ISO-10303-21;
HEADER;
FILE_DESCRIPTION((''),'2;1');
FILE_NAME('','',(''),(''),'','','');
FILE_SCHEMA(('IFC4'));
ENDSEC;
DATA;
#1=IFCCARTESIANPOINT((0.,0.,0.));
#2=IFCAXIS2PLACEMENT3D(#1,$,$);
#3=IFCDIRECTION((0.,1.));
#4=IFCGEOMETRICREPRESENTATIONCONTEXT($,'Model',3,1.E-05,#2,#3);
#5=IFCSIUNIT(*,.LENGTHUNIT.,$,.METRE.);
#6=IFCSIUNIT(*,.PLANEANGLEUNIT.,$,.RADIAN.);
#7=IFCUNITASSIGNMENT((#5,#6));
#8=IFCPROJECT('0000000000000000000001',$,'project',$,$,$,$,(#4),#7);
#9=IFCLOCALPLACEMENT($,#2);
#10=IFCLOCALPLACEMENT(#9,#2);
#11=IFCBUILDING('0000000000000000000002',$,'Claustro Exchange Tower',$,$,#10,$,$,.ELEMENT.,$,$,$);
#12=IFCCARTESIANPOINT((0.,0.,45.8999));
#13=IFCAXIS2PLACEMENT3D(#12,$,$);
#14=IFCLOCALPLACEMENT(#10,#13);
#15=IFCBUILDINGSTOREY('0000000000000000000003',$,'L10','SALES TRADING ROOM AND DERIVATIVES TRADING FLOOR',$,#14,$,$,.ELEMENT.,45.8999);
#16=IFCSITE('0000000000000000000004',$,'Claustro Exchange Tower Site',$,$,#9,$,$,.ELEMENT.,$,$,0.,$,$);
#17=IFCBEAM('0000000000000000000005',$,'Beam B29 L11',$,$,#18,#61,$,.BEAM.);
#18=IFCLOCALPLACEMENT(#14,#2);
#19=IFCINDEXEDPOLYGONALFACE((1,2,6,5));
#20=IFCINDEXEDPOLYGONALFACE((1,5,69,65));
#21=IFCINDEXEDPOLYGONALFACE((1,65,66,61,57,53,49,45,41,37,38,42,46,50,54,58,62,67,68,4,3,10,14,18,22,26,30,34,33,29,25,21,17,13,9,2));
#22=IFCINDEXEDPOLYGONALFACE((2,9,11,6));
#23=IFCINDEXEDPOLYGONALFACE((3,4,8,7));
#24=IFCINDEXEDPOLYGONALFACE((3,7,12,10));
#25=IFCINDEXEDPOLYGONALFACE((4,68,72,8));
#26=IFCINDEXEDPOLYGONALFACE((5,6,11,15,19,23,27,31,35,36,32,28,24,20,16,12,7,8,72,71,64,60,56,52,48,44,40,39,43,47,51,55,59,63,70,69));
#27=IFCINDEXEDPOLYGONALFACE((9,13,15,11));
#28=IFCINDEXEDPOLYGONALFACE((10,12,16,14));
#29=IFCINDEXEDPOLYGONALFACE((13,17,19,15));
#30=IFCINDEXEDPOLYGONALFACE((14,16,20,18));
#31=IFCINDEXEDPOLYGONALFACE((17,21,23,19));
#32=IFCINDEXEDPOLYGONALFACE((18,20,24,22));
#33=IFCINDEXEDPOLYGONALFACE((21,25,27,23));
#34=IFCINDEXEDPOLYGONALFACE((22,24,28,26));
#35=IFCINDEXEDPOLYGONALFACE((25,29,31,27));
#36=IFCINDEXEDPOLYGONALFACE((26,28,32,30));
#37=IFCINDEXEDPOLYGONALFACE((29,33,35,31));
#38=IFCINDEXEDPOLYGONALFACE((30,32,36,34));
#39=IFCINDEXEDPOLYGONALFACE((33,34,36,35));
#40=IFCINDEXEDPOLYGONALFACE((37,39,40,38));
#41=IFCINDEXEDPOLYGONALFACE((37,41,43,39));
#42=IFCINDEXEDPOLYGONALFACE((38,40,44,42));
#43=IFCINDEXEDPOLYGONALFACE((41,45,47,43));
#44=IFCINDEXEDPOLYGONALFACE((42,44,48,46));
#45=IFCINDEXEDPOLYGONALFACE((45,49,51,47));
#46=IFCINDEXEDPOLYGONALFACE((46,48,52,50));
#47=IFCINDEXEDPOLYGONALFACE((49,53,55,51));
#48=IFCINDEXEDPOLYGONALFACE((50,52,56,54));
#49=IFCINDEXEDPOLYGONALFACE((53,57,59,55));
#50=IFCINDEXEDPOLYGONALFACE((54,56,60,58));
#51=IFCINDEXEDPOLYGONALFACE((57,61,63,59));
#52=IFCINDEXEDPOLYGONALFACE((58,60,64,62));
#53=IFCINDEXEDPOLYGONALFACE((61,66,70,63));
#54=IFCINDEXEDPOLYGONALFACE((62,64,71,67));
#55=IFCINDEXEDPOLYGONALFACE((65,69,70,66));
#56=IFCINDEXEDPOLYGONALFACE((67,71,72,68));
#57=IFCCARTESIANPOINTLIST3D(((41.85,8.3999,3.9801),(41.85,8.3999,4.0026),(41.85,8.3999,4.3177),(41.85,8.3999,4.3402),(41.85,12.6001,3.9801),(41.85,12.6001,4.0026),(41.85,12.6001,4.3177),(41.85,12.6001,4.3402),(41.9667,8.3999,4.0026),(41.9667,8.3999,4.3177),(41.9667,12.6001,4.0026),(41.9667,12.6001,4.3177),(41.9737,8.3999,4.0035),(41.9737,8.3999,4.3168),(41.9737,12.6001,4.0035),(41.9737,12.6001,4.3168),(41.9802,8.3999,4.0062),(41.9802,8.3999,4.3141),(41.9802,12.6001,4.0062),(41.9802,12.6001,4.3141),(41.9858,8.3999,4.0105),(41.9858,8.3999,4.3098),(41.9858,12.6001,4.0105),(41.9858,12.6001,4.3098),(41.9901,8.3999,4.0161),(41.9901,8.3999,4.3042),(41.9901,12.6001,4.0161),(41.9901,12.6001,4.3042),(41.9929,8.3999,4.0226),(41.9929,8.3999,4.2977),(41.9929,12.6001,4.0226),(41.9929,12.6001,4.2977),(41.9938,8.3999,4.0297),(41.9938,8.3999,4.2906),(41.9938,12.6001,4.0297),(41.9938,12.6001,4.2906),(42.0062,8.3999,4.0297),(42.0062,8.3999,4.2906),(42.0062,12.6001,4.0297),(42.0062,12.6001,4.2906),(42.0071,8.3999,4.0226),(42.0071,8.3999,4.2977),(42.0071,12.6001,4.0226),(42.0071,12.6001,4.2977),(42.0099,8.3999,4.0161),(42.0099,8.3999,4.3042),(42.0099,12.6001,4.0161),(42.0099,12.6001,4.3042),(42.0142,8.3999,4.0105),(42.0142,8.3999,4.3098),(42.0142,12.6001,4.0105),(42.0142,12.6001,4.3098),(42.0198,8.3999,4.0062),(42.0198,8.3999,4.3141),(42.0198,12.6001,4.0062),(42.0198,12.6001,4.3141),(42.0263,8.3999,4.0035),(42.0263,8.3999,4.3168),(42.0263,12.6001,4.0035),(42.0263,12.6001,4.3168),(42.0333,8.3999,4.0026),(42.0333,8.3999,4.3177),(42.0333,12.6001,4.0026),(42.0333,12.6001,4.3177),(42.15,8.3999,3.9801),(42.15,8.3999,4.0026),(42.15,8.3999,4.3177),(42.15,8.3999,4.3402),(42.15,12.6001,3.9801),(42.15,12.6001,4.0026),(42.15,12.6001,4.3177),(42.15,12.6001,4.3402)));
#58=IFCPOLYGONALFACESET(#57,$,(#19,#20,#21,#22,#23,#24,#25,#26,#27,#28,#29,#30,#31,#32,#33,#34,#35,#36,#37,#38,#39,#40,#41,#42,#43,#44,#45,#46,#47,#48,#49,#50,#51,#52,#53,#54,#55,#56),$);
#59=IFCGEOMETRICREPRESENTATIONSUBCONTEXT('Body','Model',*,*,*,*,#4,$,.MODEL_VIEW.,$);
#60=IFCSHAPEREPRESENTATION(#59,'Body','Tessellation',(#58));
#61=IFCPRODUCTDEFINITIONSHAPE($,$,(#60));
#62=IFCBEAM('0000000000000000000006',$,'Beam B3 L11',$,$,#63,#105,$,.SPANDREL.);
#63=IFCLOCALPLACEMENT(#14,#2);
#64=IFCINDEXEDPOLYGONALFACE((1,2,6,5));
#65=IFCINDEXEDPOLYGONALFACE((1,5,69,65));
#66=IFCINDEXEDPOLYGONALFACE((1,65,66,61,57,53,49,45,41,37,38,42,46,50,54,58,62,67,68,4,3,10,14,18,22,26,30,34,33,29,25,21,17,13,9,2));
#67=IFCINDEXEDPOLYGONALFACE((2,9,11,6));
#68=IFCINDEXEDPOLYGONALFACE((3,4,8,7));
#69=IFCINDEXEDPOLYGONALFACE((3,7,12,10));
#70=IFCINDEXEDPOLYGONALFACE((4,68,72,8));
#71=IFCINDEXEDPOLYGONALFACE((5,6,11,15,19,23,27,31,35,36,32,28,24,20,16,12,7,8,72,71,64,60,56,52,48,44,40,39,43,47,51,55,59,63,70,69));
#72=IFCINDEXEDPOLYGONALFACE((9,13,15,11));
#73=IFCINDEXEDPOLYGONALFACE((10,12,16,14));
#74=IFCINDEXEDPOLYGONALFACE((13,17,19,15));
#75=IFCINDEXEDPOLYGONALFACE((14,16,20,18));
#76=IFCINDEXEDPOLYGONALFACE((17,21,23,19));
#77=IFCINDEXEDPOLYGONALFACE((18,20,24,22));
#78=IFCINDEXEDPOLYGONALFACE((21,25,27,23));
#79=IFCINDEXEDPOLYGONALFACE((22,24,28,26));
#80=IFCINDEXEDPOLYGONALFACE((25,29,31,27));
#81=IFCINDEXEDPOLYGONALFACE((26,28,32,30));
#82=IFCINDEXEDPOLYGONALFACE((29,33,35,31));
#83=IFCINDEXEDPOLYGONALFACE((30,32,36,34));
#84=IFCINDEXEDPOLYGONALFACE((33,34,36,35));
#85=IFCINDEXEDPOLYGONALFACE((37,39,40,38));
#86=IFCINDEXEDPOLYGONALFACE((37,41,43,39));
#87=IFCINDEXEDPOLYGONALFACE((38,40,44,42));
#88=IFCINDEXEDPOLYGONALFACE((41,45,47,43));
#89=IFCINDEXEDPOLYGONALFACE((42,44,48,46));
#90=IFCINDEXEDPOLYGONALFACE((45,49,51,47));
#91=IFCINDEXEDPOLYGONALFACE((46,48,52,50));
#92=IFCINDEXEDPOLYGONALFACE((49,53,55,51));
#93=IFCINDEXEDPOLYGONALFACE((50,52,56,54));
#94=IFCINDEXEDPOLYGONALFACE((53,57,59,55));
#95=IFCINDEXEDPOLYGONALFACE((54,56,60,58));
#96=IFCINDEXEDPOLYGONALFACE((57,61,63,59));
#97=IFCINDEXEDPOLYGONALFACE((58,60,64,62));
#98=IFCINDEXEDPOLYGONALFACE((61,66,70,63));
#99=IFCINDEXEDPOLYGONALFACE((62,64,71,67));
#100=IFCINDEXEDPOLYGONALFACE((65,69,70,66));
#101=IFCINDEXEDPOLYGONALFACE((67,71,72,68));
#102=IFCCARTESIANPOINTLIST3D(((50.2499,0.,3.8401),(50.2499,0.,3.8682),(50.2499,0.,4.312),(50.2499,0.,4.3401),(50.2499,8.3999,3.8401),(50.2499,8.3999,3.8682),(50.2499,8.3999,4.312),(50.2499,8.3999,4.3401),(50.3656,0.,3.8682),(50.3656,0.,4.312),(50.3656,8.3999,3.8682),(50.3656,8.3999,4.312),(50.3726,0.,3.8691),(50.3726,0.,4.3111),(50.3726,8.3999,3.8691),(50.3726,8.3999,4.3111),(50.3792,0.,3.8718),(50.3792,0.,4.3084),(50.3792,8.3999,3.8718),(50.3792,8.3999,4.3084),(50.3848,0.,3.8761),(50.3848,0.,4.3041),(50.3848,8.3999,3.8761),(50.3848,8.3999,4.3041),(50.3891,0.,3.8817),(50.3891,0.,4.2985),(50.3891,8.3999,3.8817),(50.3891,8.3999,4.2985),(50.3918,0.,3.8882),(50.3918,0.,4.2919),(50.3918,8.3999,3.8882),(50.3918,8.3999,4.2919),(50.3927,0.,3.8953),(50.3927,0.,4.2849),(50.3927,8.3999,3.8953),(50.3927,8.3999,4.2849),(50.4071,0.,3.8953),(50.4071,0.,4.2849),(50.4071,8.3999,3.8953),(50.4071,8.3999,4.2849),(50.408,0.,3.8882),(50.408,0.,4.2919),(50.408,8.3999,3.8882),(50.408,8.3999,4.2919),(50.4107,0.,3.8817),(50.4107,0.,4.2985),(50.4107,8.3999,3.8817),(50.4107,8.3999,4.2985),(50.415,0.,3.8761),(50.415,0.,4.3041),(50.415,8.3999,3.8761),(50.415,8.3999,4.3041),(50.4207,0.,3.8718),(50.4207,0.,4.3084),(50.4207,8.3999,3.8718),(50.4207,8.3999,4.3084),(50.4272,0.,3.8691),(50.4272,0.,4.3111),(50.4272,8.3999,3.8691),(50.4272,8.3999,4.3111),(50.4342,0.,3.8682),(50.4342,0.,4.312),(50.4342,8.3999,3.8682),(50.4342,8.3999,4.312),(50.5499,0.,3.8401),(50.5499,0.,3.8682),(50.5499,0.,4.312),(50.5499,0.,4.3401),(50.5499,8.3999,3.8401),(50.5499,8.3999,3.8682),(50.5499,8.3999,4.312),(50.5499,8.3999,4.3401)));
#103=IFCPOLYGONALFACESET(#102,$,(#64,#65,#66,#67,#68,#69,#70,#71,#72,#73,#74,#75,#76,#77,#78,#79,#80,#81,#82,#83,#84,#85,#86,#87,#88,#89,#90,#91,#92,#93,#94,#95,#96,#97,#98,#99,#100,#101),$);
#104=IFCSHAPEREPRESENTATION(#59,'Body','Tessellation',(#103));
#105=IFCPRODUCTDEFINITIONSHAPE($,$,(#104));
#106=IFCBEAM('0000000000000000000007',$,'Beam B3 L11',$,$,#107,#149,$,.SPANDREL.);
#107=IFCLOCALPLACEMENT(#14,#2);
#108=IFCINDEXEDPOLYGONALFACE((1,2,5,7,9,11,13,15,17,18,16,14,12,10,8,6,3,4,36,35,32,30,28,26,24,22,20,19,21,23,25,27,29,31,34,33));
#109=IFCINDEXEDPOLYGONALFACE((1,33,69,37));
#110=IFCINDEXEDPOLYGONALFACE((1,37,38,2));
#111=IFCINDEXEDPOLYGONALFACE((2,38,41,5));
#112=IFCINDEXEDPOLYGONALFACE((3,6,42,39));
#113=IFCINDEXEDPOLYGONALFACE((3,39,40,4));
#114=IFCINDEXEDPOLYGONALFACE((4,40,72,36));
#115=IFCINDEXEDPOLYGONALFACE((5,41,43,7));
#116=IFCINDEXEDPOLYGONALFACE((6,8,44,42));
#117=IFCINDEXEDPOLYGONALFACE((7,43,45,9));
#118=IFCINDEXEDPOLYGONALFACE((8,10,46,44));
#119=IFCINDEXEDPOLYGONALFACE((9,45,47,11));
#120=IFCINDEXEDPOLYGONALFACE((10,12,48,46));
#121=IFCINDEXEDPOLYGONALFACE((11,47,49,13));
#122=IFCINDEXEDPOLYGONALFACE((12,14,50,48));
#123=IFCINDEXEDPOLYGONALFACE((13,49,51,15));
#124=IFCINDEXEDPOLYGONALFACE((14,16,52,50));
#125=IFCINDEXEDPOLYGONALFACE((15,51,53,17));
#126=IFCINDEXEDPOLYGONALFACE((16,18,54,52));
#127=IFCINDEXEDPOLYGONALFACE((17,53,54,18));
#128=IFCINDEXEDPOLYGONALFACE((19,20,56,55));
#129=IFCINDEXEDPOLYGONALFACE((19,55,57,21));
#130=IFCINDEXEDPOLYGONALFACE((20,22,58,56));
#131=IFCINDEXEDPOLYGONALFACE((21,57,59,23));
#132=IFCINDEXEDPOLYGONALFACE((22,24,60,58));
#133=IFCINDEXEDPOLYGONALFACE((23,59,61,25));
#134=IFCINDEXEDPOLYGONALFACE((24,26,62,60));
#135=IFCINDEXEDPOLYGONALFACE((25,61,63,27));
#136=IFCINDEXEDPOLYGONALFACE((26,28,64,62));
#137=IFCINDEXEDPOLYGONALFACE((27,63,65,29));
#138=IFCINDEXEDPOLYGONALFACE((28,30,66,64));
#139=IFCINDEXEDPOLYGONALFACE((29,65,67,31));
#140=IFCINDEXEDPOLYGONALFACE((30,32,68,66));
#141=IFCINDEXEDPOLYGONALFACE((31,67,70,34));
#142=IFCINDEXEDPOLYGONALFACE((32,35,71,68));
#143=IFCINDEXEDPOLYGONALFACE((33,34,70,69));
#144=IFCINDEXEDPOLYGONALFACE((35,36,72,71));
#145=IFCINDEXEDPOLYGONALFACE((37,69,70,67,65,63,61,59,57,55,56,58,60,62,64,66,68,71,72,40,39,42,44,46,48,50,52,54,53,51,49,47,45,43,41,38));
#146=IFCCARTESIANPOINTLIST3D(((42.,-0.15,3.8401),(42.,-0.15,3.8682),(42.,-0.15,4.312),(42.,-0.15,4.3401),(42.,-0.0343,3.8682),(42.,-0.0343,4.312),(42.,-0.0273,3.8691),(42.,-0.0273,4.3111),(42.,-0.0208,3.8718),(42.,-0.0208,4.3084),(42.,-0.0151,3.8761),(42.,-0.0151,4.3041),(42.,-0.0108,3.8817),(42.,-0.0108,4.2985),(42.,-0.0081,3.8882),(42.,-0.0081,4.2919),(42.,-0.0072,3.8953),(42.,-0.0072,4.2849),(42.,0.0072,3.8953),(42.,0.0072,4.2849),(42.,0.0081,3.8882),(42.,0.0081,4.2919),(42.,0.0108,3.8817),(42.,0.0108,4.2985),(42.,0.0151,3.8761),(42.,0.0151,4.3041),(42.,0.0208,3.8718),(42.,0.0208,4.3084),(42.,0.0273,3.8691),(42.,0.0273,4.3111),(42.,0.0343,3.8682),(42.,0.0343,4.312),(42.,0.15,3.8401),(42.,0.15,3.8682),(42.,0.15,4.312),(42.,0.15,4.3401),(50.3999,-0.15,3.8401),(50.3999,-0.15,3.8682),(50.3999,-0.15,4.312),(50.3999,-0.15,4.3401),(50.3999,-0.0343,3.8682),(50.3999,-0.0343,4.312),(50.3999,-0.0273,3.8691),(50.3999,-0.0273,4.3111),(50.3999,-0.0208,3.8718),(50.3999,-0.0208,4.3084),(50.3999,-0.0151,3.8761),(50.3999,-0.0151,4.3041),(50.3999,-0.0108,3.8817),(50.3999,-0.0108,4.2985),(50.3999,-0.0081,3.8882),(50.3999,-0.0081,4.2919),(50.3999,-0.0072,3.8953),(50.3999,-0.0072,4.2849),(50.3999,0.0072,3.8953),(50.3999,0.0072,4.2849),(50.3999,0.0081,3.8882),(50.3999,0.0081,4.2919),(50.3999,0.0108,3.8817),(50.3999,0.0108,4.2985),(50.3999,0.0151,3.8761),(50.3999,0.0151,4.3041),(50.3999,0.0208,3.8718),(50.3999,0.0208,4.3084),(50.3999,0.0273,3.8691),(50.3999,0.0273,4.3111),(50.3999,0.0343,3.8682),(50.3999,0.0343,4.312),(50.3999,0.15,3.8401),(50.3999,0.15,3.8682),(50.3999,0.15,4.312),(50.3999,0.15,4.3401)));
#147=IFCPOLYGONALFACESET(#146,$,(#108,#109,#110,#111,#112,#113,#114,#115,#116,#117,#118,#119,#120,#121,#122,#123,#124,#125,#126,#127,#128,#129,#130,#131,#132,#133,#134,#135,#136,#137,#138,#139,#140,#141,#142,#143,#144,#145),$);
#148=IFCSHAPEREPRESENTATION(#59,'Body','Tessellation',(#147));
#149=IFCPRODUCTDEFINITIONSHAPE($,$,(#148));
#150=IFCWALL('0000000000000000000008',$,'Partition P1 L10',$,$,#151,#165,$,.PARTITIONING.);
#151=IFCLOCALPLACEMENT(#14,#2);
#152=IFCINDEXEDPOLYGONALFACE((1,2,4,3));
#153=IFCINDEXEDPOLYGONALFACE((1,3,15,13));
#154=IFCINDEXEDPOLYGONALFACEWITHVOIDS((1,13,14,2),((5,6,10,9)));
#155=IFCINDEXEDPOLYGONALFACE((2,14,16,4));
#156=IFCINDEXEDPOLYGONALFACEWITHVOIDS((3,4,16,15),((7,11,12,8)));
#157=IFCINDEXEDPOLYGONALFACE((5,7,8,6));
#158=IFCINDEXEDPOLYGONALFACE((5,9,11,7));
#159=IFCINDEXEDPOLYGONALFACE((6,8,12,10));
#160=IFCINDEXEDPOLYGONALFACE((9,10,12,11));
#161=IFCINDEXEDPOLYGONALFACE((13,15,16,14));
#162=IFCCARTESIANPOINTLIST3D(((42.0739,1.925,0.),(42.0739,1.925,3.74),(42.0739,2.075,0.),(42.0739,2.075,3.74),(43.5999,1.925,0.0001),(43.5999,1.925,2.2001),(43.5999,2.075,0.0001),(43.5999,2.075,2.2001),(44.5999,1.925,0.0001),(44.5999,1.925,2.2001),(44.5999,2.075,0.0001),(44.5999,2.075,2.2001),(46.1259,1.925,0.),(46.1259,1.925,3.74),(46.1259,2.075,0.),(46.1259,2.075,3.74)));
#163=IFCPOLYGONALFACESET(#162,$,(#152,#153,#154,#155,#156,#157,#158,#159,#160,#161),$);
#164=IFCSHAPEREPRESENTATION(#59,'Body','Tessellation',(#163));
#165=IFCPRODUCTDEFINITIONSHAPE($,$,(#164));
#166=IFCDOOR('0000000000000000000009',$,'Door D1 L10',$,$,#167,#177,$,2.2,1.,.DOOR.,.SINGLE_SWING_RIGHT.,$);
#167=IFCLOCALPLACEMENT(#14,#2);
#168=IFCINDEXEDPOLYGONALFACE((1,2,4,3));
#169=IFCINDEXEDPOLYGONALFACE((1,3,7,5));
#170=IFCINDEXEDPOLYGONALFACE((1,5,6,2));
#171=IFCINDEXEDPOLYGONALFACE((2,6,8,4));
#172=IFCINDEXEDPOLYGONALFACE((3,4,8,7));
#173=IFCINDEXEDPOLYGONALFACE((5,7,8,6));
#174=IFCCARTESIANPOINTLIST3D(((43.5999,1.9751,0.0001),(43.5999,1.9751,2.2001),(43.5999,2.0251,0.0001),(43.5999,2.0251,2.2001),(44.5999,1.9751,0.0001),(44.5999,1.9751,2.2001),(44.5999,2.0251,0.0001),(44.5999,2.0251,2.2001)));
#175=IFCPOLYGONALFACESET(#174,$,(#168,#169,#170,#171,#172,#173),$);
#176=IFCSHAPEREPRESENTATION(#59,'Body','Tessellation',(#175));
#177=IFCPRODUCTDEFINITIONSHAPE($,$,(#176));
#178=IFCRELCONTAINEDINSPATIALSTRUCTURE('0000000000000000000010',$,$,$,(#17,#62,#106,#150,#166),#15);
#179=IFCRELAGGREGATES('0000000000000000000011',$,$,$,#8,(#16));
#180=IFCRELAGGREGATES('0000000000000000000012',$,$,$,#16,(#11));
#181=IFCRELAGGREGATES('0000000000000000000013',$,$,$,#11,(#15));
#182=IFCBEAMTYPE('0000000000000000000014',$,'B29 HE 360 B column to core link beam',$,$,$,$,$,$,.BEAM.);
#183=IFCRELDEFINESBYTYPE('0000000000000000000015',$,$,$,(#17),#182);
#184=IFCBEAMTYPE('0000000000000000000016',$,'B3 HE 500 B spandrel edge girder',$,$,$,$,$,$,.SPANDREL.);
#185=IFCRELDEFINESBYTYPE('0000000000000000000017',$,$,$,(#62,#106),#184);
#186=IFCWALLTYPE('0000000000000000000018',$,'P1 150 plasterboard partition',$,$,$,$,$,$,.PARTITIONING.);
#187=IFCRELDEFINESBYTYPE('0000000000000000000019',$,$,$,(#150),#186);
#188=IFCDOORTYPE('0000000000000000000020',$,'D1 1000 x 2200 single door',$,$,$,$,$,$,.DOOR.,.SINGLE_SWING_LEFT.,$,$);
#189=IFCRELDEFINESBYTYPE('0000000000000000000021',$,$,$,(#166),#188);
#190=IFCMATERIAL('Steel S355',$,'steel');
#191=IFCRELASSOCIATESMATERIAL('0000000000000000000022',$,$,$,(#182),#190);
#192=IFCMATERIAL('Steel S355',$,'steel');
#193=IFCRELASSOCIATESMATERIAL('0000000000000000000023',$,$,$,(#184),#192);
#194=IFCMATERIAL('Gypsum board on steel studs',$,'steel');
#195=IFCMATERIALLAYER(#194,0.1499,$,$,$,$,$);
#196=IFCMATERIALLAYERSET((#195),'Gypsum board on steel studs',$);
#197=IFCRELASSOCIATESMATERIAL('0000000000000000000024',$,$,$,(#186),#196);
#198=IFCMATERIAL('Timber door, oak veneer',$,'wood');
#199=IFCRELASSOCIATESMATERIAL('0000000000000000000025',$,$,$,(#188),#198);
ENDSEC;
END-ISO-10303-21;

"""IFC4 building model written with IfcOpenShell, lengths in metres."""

from ifc_helpers import new_model, si_unit, direction, frame, frame_2d, origin, origin_2d, place, context, subcontext, project, spatial, rectangle, i_section, extrude, material, layer, layer_set, material_profile, profile_set, type_object, element, fill, save


model = new_model("IFC4")

# Units and contexts
model_context = context("Model", 3, precision=1e-05, world=origin(), true_north=direction((0.0, 1.0)))
body_context = subcontext(model_context, "Body", "Model", "MODEL_VIEW")
ifc_project = project(units=[si_unit("LENGTHUNIT", "METRE"), si_unit("PLANEANGLEUNIT", "RADIAN")], contexts=[model_context])

# Site, building, storey
site_placement = place(None, origin())
site = spatial("IfcSite", under=ifc_project, at=site_placement, Name="Claustro Exchange Tower Site", CompositionType="ELEMENT", RefElevation=0.0)
building_placement = place(site_placement, origin())
building = spatial("IfcBuilding", under=site, at=building_placement, Name="Claustro Exchange Tower", CompositionType="ELEMENT")
storey_placement = place(building_placement, frame((0.0, 0.0, 45.8999)))
storey = spatial("IfcBuildingStorey", under=building, at=storey_placement, Name="L10", Description="SALES TRADING ROOM AND DERIVATIVES TRADING FLOOR", CompositionType="ELEMENT", Elevation=45.8999)

# Beams
ifc_material_1 = material(Name="Steel S355", Category="steel")
ifc_material_profile_1 = material_profile(ifc_material_1, i_section(OverallWidth=0.3, OverallDepth=0.3601, WebThickness=0.0125, FlangeThickness=0.0225, FilletRadius=0.0271, at=origin_2d()), Name="HE 360 B")
ifc_profile_set_1 = profile_set([ifc_material_profile_1], Name="Steel S355")
beam_type_1 = type_object("IfcBeamType", Name="B29 HE 360 B column to core link beam", PredefinedType="BEAM", material=ifc_profile_set_1)
beam_1_placement = place(storey_placement, frame((42.0, 8.3999, 4.1602), z_axis=(0.0, 1.0, 0.0), x_axis=(-1.0, 0.0, 0.0)))
element("IfcBeam", 1, at=beam_1_placement, inside=storey, type_object=beam_type_1, Name="Beam B29 L11", PredefinedType="BEAM", context=body_context, shape_type="SweptSolid", body=[
    extrude(i_section(OverallWidth=0.3, OverallDepth=0.3601, WebThickness=0.0125, FlangeThickness=0.0225, FilletRadius=0.0271, at=origin_2d()), origin(), (0.0, 0.0, 1.0), 4.2002),
])
ifc_material_2 = material(Name="Steel S355", Category="steel")
ifc_material_profile_2 = material_profile(ifc_material_2, i_section(OverallWidth=0.3, OverallDepth=0.5, WebThickness=0.0144, FlangeThickness=0.0281, FilletRadius=0.0271, at=origin_2d()), Name="HE 500 B")
ifc_profile_set_2 = profile_set([ifc_material_profile_2], Name="Steel S355")
beam_type_2 = type_object("IfcBeamType", Name="B3 HE 500 B spandrel edge girder", PredefinedType="SPANDREL", material=ifc_profile_set_2)
for number, where, z_axis, x_axis, name in (
    (2, (50.3999, 0.0, 4.0901), (0.0, 1.0, 0.0), (-1.0, 0.0, 0.0), "Beam B3 L11"),
    (3, (42.0, 0.0, 4.0901), (1.0, 0.0, 0.0), (0.0, 1.0, 0.0), "Beam B3 L11"),
):
    element("IfcBeam", number, at=place(storey_placement, frame(where, z_axis=z_axis, x_axis=x_axis)), inside=storey, type_object=beam_type_2, Name=name, PredefinedType="SPANDREL", context=body_context, shape_type="SweptSolid", body=[
        extrude(i_section(OverallWidth=0.3, OverallDepth=0.5, WebThickness=0.0144, FlangeThickness=0.0281, FilletRadius=0.0271, at=origin_2d()), origin(), (0.0, 0.0, 1.0), 8.3999),
    ])

# Wall, opening, door
ifc_material_3 = material(Name="Gypsum board on steel studs", Category="steel")
ifc_layer_1 = layer(ifc_material_3, 0.1499)
ifc_layer_set_1 = layer_set([ifc_layer_1], Name="Gypsum board on steel studs")
wall_type_1 = type_object("IfcWallType", Name="P1 150 plasterboard partition", PredefinedType="PARTITIONING", material=ifc_layer_set_1)
wall_1_placement = place(storey_placement, frame((42.074, 2.0, 0.0), z_axis=(0.0, 0.0, 1.0), x_axis=(1.0, 0.0, 0.0)))
wall_1 = element("IfcWall", 4, at=wall_1_placement, inside=storey, type_object=wall_type_1, Name="Partition P1 L10", PredefinedType="PARTITIONING", context=body_context, shape_type="SweptSolid", body=[
    extrude(rectangle(XDim=4.052, YDim=0.1499, at=frame_2d((2.0259, 0.0))), origin(), (0.0, 0.0, 1.0), 3.74),
])
opening_1_placement = place(wall_1_placement, frame((1.5259, 0.0, 0.0)))
opening_1 = element("IfcOpeningElement", 5, at=opening_1_placement, cuts=wall_1, PredefinedType="OPENING", context=body_context, shape_type="SweptSolid", body=[
    extrude(rectangle(XDim=1.0, YDim=2.2, at=frame_2d((0.5, 1.1001))), frame((0.0, 0.085, 0.0), z_axis=(0.0, -1.0, 0.0), x_axis=(1.0, 0.0, 0.0)), (0.0, 0.0, 1.0), 0.1699),
])
ifc_material_4 = material(Name="Timber door, oak veneer", Category="wood")
door_type = type_object("IfcDoorType", Name="D1 1000 x 2200 single door", OperationType="SINGLE_SWING_LEFT", PredefinedType="DOOR", material=ifc_material_4)
door_1_placement = place(opening_1_placement, frame((1.0, 0.0, 0.0), z_axis=(0.0, 0.0, 1.0), x_axis=(-1.0, 0.0, 0.0)))
door_1 = element("IfcDoor", 6, at=door_1_placement, inside=storey, type_object=door_type, Name="Door D1 L10", OperationType="SINGLE_SWING_RIGHT", OverallHeight=2.2, OverallWidth=1.0, PredefinedType="DOOR", context=body_context, shape_type="SweptSolid", body=[
    extrude(rectangle(XDim=1.0, YDim=2.2, at=frame_2d((0.5, 1.1001))), frame((0.0, 0.0249, 0.0), z_axis=(0.0, -1.0, 0.0), x_axis=(1.0, 0.0, 0.0)), (0.0, 0.0, 1.0), 0.05),
])
fill(opening_1, door_1)

save(model, "model.ifc")
